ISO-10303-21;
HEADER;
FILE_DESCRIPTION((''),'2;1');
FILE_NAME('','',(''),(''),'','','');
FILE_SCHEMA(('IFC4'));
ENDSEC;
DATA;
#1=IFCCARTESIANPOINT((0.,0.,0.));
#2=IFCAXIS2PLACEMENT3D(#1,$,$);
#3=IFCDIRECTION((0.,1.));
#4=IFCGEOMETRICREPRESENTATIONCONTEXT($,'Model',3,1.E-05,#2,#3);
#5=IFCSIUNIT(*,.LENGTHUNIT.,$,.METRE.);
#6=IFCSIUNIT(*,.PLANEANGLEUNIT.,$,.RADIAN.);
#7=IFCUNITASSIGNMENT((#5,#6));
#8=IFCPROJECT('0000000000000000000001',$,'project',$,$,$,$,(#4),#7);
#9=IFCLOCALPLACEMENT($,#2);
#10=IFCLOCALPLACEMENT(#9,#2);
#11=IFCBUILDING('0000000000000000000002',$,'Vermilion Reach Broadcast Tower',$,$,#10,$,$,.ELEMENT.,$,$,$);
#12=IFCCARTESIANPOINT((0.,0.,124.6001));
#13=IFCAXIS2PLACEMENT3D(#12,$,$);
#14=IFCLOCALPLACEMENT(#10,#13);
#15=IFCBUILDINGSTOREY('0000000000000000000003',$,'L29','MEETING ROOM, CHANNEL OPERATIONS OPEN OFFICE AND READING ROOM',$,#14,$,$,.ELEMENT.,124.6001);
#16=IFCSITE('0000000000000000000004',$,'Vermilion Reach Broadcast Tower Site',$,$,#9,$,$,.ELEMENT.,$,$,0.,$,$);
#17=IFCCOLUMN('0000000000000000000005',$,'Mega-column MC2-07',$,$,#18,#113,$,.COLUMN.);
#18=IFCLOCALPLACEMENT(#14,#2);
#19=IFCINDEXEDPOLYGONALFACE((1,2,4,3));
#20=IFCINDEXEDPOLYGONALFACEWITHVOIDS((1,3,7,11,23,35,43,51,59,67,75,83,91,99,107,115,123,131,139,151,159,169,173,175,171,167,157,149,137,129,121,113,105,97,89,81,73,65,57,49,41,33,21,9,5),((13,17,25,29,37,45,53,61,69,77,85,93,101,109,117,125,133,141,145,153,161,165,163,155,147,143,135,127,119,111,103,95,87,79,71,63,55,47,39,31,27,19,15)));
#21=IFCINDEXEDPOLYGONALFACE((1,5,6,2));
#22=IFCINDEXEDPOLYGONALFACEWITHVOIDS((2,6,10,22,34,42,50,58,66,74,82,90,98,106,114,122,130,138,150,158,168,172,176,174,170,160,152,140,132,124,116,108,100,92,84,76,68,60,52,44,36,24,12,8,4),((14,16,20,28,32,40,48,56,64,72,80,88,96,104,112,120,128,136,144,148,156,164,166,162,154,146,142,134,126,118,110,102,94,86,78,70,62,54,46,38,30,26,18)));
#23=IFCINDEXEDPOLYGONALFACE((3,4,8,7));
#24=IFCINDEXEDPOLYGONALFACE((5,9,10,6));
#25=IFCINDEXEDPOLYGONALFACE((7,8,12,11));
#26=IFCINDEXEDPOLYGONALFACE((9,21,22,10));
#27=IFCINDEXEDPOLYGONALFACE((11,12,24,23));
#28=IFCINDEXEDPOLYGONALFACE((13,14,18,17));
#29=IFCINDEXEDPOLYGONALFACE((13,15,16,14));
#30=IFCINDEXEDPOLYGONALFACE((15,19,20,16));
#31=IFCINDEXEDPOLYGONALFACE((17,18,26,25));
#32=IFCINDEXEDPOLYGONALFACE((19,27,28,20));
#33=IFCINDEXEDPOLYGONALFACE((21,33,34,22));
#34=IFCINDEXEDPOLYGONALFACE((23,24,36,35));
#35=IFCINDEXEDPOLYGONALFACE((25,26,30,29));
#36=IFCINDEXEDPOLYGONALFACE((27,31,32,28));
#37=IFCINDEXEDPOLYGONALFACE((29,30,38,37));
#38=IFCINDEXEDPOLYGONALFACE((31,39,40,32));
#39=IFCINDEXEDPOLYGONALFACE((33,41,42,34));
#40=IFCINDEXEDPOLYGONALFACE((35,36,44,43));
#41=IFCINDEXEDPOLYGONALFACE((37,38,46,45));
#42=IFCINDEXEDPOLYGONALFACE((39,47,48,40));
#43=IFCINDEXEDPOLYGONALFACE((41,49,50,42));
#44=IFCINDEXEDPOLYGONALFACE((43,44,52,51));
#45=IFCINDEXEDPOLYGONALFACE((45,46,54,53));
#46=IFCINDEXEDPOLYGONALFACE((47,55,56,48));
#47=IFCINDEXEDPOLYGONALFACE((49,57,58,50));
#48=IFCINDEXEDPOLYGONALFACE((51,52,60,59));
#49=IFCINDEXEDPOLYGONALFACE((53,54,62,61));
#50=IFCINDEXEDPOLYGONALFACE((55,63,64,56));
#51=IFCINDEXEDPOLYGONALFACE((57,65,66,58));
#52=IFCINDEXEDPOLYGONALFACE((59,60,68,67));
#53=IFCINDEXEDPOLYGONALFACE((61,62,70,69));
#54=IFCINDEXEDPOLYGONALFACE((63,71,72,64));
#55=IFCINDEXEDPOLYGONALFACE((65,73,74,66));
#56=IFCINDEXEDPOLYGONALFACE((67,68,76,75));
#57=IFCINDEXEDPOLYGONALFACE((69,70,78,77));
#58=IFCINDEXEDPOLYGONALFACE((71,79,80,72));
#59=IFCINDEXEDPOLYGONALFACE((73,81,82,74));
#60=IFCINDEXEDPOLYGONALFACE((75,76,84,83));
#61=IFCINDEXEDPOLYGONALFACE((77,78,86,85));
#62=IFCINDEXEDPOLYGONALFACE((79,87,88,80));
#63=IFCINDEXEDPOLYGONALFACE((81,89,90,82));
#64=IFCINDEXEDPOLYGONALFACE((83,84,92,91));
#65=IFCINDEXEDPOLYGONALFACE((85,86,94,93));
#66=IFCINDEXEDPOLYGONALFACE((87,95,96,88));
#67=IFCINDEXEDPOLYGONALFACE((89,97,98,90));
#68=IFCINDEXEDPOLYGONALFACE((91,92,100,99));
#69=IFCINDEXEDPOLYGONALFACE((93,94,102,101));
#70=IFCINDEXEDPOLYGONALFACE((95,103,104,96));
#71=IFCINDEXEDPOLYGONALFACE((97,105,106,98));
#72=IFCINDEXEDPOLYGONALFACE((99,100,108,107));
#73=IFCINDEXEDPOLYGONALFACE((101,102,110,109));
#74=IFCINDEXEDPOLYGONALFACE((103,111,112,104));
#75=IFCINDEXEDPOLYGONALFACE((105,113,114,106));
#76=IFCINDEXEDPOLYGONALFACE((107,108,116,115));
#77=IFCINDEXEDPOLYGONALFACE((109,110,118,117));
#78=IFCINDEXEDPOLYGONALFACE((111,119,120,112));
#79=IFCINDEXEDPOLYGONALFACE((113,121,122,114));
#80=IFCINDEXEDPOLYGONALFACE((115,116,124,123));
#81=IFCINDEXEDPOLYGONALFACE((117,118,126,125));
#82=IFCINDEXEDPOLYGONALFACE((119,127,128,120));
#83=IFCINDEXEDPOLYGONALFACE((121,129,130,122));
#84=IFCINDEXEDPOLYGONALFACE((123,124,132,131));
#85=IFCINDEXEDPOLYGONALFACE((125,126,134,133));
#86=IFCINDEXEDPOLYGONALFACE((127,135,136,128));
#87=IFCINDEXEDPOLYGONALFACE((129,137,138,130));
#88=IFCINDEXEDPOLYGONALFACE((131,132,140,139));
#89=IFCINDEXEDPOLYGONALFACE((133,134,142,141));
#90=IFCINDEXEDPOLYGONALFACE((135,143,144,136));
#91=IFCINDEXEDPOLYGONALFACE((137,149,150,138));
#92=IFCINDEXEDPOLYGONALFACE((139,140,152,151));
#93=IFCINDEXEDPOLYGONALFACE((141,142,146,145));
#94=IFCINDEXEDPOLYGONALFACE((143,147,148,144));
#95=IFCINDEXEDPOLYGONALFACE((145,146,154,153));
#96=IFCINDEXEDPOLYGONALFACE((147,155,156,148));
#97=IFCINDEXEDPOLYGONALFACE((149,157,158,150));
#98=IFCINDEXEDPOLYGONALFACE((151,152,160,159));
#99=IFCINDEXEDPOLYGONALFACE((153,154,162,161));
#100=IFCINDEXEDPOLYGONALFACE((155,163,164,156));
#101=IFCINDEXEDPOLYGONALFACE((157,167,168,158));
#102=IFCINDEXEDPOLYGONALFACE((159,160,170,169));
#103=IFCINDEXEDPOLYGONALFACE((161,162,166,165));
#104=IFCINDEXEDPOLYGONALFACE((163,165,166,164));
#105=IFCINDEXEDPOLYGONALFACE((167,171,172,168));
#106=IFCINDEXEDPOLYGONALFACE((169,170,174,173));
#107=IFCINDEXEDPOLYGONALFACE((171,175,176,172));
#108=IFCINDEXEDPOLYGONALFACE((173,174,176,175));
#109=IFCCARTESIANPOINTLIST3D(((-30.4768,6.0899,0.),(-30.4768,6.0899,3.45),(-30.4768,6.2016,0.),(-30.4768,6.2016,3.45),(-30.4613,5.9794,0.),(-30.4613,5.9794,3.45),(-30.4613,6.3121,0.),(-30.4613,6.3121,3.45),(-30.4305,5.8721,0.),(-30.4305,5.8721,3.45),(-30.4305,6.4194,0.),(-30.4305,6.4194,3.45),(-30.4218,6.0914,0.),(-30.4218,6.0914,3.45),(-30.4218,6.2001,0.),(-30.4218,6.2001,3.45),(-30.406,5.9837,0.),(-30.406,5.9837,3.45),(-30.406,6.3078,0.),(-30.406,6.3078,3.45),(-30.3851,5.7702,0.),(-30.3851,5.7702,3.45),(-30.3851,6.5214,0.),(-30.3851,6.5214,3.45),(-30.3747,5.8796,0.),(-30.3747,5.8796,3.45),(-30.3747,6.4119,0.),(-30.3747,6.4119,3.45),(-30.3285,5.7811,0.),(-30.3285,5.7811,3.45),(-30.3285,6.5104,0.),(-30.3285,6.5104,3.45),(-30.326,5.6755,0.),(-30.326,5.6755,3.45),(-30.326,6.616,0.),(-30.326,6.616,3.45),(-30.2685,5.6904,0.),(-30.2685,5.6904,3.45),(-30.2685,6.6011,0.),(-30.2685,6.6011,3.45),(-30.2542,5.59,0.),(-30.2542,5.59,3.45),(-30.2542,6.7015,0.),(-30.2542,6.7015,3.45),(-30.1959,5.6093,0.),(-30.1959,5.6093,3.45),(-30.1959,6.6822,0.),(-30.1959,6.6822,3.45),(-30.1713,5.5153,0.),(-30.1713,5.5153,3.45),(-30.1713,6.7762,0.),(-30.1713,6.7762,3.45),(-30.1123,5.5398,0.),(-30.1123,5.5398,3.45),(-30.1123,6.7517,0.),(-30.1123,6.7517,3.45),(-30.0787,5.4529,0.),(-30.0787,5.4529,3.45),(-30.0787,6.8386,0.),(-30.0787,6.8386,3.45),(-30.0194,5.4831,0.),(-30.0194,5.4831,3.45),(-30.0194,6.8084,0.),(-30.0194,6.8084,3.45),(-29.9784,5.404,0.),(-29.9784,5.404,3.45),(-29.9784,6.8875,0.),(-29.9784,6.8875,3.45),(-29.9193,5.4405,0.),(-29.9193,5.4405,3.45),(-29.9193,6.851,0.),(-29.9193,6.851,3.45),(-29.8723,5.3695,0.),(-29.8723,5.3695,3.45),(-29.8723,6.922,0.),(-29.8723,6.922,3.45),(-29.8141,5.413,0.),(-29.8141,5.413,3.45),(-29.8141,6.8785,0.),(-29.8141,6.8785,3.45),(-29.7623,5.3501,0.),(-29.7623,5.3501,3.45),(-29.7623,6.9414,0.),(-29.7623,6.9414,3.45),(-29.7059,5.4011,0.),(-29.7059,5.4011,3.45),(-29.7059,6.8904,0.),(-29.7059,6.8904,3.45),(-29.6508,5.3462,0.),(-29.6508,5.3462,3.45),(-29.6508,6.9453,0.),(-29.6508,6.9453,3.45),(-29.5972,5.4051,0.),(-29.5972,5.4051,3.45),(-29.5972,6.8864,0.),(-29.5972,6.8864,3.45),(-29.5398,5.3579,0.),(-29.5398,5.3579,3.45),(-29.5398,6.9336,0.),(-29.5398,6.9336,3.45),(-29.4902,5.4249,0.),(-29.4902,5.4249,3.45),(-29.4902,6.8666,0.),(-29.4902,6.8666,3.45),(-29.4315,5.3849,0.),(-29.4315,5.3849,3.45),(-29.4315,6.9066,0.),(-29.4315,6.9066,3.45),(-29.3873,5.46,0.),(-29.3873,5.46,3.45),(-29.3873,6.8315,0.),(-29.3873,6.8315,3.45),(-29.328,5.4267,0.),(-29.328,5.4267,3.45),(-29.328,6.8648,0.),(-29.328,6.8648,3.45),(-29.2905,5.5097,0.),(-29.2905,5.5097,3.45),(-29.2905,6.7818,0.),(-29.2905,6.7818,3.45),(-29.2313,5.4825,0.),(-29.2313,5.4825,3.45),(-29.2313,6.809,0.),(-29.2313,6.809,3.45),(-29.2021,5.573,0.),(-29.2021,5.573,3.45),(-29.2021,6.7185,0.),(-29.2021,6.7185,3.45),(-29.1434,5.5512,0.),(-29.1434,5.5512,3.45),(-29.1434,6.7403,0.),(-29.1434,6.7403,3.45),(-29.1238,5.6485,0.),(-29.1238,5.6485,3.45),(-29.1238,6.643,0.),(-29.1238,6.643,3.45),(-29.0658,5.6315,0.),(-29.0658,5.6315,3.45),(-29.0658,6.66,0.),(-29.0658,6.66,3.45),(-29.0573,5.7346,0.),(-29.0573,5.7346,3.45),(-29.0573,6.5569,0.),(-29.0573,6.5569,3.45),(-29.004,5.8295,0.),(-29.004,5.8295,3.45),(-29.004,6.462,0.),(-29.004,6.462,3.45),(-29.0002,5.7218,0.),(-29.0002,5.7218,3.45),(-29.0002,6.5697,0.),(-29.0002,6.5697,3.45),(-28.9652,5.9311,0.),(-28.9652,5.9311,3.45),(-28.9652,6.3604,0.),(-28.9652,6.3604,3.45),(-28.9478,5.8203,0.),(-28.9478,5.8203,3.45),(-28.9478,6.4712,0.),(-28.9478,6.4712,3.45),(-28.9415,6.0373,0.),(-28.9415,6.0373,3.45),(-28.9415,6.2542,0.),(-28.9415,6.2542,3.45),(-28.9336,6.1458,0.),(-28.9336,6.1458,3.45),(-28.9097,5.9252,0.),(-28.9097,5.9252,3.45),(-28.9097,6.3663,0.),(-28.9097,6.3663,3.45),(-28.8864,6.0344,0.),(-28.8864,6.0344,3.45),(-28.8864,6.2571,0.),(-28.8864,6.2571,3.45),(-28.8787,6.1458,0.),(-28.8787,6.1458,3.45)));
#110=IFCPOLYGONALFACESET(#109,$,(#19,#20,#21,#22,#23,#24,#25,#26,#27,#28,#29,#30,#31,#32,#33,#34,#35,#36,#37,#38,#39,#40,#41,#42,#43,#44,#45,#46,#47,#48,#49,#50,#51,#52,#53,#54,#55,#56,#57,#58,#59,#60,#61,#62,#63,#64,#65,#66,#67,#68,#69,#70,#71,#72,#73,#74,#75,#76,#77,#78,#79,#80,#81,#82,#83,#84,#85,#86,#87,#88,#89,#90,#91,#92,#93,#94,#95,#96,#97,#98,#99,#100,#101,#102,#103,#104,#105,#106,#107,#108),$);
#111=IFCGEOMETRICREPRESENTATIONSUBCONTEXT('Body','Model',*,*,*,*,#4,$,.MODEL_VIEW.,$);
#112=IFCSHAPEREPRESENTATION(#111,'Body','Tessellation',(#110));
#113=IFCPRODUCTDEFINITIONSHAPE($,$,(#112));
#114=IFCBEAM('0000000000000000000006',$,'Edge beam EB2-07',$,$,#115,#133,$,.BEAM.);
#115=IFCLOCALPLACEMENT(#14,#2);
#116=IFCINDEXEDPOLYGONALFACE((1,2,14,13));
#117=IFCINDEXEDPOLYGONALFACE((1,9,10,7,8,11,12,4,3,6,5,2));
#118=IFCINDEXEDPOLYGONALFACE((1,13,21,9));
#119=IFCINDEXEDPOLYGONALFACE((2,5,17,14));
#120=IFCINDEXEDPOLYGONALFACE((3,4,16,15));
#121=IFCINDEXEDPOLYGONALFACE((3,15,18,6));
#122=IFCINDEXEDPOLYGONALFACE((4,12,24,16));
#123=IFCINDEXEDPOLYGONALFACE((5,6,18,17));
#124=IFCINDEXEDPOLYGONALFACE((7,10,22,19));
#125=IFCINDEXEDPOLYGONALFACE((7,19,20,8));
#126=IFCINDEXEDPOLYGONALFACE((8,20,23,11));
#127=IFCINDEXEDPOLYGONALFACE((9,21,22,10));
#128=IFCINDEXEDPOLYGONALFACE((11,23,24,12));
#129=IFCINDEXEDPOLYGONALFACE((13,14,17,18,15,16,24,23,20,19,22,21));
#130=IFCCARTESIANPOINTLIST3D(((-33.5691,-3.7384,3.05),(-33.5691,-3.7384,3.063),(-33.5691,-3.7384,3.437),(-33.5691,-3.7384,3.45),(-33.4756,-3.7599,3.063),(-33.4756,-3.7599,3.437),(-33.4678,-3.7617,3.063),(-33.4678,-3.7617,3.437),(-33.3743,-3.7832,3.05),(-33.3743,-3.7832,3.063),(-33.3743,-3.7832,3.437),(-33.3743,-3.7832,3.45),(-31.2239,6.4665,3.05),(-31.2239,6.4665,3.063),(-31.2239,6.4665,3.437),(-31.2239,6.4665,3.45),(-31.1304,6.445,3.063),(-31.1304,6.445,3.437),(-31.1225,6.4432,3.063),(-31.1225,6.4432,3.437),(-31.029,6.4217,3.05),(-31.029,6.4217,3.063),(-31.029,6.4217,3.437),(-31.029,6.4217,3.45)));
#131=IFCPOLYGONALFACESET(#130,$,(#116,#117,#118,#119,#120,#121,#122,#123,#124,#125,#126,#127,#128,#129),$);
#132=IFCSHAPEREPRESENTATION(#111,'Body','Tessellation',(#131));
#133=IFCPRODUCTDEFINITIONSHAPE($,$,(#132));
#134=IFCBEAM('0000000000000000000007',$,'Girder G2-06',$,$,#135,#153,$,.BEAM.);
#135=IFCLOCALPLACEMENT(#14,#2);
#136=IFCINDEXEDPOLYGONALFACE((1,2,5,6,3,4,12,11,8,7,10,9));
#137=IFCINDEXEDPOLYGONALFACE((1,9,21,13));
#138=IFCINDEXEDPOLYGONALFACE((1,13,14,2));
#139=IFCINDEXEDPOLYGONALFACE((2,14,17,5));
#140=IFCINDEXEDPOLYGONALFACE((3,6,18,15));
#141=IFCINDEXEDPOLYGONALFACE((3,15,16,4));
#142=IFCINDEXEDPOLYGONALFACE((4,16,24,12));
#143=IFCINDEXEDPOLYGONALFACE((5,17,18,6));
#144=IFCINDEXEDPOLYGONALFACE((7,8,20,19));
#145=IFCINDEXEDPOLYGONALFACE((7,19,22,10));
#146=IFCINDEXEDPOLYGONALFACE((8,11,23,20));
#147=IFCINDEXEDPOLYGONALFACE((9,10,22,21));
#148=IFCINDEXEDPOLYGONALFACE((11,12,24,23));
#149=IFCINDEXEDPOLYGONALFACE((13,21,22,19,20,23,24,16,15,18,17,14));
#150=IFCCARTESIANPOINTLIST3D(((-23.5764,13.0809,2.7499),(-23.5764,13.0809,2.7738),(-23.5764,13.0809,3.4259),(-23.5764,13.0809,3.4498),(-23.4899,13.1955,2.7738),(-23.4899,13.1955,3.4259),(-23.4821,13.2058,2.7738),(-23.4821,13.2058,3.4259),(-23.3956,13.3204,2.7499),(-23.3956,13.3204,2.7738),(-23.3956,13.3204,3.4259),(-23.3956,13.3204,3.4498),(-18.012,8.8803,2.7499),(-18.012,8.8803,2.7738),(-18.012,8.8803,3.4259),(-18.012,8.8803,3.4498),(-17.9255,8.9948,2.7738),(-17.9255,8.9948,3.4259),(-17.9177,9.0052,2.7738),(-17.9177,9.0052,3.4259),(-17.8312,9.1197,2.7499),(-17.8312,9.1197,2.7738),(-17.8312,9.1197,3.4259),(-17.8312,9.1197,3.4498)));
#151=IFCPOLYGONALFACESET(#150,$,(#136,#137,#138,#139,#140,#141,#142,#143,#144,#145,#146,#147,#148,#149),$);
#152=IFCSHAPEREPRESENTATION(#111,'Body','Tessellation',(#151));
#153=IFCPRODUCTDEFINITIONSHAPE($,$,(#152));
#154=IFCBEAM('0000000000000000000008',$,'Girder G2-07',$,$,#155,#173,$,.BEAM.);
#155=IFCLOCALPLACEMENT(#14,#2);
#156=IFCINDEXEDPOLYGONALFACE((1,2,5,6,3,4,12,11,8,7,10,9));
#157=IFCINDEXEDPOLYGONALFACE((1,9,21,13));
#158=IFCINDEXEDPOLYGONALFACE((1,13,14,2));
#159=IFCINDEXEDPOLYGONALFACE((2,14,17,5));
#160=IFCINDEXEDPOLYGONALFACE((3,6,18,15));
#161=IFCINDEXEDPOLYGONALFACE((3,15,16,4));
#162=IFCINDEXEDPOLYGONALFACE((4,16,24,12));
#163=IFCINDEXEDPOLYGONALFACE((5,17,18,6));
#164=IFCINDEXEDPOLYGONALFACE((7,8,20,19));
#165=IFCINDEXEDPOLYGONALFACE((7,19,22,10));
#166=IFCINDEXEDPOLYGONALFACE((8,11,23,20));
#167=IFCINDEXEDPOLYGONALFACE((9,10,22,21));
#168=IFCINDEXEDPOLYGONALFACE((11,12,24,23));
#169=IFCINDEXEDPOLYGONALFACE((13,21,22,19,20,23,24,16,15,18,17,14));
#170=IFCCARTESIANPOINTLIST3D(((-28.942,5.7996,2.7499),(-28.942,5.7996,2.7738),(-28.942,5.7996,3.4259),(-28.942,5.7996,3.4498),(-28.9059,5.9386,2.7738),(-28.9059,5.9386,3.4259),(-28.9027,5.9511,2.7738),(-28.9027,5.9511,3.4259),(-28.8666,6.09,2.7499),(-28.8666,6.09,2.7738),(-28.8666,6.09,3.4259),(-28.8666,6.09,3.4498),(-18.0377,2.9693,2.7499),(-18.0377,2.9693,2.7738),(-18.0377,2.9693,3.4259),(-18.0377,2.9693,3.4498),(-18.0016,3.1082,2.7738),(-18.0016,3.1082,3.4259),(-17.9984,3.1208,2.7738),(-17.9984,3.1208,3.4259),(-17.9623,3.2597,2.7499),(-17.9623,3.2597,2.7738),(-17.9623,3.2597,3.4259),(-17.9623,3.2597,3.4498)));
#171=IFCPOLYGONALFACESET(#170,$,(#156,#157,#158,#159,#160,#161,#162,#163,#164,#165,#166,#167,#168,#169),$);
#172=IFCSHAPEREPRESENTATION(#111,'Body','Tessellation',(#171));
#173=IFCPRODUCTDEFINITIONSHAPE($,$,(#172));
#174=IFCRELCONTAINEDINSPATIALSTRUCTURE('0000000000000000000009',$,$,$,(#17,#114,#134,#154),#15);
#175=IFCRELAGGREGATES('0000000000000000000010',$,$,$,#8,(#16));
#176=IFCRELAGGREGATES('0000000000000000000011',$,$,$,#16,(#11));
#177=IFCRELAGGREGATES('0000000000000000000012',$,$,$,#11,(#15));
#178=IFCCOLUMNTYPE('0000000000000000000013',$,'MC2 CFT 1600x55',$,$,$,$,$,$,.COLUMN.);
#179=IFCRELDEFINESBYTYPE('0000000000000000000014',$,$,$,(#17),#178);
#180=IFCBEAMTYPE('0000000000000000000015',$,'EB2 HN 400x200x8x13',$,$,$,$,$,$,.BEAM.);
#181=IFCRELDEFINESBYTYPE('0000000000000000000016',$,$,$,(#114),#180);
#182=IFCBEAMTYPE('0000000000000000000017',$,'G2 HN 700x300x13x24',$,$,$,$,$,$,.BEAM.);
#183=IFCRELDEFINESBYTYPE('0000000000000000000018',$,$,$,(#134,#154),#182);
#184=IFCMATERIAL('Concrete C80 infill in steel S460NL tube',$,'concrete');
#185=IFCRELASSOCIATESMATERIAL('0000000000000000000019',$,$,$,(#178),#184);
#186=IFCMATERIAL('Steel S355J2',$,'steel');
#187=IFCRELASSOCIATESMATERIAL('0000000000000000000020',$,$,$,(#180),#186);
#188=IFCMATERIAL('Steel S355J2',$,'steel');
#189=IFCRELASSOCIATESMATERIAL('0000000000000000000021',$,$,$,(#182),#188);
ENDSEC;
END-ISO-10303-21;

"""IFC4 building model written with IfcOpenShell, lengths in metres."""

from ifc_helpers import new_model, si_unit, direction, frame, origin, origin_2d, place, context, subcontext, project, spatial, hollow_circle, i_section, extrude, material, material_profile, profile_set, type_object, element, save


model = new_model("IFC4")

# Units and contexts
model_context = context("Model", 3, precision=1e-05, world=origin(), true_north=direction((0.0, 1.0)))
body_context = subcontext(model_context, "Body", "Model", "MODEL_VIEW")
ifc_project = project(units=[si_unit("LENGTHUNIT", "METRE"), si_unit("PLANEANGLEUNIT", "RADIAN")], contexts=[model_context])

# Site, building, storey
site_placement = place(None, origin())
site = spatial("IfcSite", under=ifc_project, at=site_placement, Name="Vermilion Reach Broadcast Tower Site", CompositionType="ELEMENT", RefElevation=0.0)
building_placement = place(site_placement, origin())
building = spatial("IfcBuilding", under=site, at=building_placement, Name="Vermilion Reach Broadcast Tower", CompositionType="ELEMENT")
storey_placement = place(building_placement, frame((0.0, 0.0, 124.6001)))
storey = spatial("IfcBuildingStorey", under=building, at=storey_placement, Name="L29", Description="MEETING ROOM, CHANNEL OPERATIONS OPEN OFFICE AND READING ROOM", CompositionType="ELEMENT", Elevation=124.6001)

# Column
ifc_material_1 = material(Name="Concrete C80 infill in steel S460NL tube", Category="concrete")
ifc_material_profile_1 = material_profile(ifc_material_1, hollow_circle(Radius=0.8, WallThickness=0.0549, at=origin_2d()), Name="Concrete C80 infill in steel S460NL tube CFT 1600x55")
ifc_profile_set_1 = profile_set([ifc_material_profile_1], Name="Concrete C80 infill in steel S460NL tube")
column_type = type_object("IfcColumnType", Name="MC2 CFT 1600x55", PredefinedType="COLUMN", material=ifc_profile_set_1)
column_placement = place(storey_placement, frame((-29.6787, 6.1458, 0.0), z_axis=(0.0, 0.0, 1.0), x_axis=(1.0, 0.0, 0.0)))
element("IfcColumn", 1, at=column_placement, inside=storey, type_object=column_type, Name="Mega-column MC2-07", PredefinedType="COLUMN", context=body_context, shape_type="SweptSolid", body=[
    extrude(hollow_circle(Radius=0.8, WallThickness=0.0549, at=origin_2d()), origin(), (0.0, 0.0, 1.0), 3.45),
])

# Beams
ifc_material_2 = material(Name="Steel S355J2", Category="steel")
ifc_material_profile_2 = material_profile(ifc_material_2, i_section(OverallWidth=0.2, OverallDepth=0.3999, WebThickness=0.0081, FlangeThickness=0.0129, at=origin_2d()), Name="S355J2 HN 400x200x8x13")
ifc_profile_set_2 = profile_set([ifc_material_profile_2], Name="Steel S355J2")
beam_type_1 = type_object("IfcBeamType", Name="EB2 HN 400x200x8x13", PredefinedType="BEAM", material=ifc_profile_set_2)
beam_1_placement = place(storey_placement, frame((-31.1265, 6.4441, 3.25), z_axis=(-0.223976, -0.974595, 0.0), x_axis=(0.974595, -0.223976, 0.0)))
element("IfcBeam", 2, at=beam_1_placement, inside=storey, type_object=beam_type_1, Name="Edge beam EB2-07", PredefinedType="BEAM", context=body_context, shape_type="SweptSolid", body=[
    extrude(i_section(OverallWidth=0.2, OverallDepth=0.3999, WebThickness=0.0081, FlangeThickness=0.0129, at=origin_2d()), origin(), (0.0, 0.0, 1.0), 10.4709),
])
ifc_material_3 = material(Name="Steel S355J2", Category="steel")
ifc_material_profile_3 = material_profile(ifc_material_3, i_section(OverallWidth=0.3, OverallDepth=0.7, WebThickness=0.0129, FlangeThickness=0.0239, at=origin_2d()), Name="S355J2 HN 700x300x13x24")
ifc_profile_set_3 = profile_set([ifc_material_profile_3], Name="Steel S355J2")
beam_type_2 = type_object("IfcBeamType", Name="G2 HN 700x300x13x24", PredefinedType="BEAM", material=ifc_profile_set_3)
beam_2_placement = place(storey_placement, frame((-17.9216, 9.0, 3.0999), z_axis=(-0.798114, 0.602507, 0.0), x_axis=(-0.602507, -0.798114, 0.0)))
element("IfcBeam", 3, at=beam_2_placement, inside=storey, type_object=beam_type_2, Name="Girder G2-06", PredefinedType="BEAM", context=body_context, shape_type="SweptSolid", body=[
    extrude(i_section(OverallWidth=0.3, OverallDepth=0.7, WebThickness=0.0129, FlangeThickness=0.0239, at=origin_2d()), origin(), (0.0, 0.0, 1.0), 6.9719),
])
beam_3_placement = place(storey_placement, frame((-18.0, 3.1145, 3.0999), z_axis=(-0.967926, 0.251235, 0.0), x_axis=(-0.251235, -0.967926, 0.0)))
element("IfcBeam", 4, at=beam_3_placement, inside=storey, type_object=beam_type_2, Name="Girder G2-07", PredefinedType="BEAM", context=body_context, shape_type="SweptSolid", body=[
    extrude(i_section(OverallWidth=0.3, OverallDepth=0.7, WebThickness=0.0129, FlangeThickness=0.0239, at=origin_2d()), origin(), (0.0, 0.0, 1.0), 11.2656),
])

save(model, "model.ifc")
